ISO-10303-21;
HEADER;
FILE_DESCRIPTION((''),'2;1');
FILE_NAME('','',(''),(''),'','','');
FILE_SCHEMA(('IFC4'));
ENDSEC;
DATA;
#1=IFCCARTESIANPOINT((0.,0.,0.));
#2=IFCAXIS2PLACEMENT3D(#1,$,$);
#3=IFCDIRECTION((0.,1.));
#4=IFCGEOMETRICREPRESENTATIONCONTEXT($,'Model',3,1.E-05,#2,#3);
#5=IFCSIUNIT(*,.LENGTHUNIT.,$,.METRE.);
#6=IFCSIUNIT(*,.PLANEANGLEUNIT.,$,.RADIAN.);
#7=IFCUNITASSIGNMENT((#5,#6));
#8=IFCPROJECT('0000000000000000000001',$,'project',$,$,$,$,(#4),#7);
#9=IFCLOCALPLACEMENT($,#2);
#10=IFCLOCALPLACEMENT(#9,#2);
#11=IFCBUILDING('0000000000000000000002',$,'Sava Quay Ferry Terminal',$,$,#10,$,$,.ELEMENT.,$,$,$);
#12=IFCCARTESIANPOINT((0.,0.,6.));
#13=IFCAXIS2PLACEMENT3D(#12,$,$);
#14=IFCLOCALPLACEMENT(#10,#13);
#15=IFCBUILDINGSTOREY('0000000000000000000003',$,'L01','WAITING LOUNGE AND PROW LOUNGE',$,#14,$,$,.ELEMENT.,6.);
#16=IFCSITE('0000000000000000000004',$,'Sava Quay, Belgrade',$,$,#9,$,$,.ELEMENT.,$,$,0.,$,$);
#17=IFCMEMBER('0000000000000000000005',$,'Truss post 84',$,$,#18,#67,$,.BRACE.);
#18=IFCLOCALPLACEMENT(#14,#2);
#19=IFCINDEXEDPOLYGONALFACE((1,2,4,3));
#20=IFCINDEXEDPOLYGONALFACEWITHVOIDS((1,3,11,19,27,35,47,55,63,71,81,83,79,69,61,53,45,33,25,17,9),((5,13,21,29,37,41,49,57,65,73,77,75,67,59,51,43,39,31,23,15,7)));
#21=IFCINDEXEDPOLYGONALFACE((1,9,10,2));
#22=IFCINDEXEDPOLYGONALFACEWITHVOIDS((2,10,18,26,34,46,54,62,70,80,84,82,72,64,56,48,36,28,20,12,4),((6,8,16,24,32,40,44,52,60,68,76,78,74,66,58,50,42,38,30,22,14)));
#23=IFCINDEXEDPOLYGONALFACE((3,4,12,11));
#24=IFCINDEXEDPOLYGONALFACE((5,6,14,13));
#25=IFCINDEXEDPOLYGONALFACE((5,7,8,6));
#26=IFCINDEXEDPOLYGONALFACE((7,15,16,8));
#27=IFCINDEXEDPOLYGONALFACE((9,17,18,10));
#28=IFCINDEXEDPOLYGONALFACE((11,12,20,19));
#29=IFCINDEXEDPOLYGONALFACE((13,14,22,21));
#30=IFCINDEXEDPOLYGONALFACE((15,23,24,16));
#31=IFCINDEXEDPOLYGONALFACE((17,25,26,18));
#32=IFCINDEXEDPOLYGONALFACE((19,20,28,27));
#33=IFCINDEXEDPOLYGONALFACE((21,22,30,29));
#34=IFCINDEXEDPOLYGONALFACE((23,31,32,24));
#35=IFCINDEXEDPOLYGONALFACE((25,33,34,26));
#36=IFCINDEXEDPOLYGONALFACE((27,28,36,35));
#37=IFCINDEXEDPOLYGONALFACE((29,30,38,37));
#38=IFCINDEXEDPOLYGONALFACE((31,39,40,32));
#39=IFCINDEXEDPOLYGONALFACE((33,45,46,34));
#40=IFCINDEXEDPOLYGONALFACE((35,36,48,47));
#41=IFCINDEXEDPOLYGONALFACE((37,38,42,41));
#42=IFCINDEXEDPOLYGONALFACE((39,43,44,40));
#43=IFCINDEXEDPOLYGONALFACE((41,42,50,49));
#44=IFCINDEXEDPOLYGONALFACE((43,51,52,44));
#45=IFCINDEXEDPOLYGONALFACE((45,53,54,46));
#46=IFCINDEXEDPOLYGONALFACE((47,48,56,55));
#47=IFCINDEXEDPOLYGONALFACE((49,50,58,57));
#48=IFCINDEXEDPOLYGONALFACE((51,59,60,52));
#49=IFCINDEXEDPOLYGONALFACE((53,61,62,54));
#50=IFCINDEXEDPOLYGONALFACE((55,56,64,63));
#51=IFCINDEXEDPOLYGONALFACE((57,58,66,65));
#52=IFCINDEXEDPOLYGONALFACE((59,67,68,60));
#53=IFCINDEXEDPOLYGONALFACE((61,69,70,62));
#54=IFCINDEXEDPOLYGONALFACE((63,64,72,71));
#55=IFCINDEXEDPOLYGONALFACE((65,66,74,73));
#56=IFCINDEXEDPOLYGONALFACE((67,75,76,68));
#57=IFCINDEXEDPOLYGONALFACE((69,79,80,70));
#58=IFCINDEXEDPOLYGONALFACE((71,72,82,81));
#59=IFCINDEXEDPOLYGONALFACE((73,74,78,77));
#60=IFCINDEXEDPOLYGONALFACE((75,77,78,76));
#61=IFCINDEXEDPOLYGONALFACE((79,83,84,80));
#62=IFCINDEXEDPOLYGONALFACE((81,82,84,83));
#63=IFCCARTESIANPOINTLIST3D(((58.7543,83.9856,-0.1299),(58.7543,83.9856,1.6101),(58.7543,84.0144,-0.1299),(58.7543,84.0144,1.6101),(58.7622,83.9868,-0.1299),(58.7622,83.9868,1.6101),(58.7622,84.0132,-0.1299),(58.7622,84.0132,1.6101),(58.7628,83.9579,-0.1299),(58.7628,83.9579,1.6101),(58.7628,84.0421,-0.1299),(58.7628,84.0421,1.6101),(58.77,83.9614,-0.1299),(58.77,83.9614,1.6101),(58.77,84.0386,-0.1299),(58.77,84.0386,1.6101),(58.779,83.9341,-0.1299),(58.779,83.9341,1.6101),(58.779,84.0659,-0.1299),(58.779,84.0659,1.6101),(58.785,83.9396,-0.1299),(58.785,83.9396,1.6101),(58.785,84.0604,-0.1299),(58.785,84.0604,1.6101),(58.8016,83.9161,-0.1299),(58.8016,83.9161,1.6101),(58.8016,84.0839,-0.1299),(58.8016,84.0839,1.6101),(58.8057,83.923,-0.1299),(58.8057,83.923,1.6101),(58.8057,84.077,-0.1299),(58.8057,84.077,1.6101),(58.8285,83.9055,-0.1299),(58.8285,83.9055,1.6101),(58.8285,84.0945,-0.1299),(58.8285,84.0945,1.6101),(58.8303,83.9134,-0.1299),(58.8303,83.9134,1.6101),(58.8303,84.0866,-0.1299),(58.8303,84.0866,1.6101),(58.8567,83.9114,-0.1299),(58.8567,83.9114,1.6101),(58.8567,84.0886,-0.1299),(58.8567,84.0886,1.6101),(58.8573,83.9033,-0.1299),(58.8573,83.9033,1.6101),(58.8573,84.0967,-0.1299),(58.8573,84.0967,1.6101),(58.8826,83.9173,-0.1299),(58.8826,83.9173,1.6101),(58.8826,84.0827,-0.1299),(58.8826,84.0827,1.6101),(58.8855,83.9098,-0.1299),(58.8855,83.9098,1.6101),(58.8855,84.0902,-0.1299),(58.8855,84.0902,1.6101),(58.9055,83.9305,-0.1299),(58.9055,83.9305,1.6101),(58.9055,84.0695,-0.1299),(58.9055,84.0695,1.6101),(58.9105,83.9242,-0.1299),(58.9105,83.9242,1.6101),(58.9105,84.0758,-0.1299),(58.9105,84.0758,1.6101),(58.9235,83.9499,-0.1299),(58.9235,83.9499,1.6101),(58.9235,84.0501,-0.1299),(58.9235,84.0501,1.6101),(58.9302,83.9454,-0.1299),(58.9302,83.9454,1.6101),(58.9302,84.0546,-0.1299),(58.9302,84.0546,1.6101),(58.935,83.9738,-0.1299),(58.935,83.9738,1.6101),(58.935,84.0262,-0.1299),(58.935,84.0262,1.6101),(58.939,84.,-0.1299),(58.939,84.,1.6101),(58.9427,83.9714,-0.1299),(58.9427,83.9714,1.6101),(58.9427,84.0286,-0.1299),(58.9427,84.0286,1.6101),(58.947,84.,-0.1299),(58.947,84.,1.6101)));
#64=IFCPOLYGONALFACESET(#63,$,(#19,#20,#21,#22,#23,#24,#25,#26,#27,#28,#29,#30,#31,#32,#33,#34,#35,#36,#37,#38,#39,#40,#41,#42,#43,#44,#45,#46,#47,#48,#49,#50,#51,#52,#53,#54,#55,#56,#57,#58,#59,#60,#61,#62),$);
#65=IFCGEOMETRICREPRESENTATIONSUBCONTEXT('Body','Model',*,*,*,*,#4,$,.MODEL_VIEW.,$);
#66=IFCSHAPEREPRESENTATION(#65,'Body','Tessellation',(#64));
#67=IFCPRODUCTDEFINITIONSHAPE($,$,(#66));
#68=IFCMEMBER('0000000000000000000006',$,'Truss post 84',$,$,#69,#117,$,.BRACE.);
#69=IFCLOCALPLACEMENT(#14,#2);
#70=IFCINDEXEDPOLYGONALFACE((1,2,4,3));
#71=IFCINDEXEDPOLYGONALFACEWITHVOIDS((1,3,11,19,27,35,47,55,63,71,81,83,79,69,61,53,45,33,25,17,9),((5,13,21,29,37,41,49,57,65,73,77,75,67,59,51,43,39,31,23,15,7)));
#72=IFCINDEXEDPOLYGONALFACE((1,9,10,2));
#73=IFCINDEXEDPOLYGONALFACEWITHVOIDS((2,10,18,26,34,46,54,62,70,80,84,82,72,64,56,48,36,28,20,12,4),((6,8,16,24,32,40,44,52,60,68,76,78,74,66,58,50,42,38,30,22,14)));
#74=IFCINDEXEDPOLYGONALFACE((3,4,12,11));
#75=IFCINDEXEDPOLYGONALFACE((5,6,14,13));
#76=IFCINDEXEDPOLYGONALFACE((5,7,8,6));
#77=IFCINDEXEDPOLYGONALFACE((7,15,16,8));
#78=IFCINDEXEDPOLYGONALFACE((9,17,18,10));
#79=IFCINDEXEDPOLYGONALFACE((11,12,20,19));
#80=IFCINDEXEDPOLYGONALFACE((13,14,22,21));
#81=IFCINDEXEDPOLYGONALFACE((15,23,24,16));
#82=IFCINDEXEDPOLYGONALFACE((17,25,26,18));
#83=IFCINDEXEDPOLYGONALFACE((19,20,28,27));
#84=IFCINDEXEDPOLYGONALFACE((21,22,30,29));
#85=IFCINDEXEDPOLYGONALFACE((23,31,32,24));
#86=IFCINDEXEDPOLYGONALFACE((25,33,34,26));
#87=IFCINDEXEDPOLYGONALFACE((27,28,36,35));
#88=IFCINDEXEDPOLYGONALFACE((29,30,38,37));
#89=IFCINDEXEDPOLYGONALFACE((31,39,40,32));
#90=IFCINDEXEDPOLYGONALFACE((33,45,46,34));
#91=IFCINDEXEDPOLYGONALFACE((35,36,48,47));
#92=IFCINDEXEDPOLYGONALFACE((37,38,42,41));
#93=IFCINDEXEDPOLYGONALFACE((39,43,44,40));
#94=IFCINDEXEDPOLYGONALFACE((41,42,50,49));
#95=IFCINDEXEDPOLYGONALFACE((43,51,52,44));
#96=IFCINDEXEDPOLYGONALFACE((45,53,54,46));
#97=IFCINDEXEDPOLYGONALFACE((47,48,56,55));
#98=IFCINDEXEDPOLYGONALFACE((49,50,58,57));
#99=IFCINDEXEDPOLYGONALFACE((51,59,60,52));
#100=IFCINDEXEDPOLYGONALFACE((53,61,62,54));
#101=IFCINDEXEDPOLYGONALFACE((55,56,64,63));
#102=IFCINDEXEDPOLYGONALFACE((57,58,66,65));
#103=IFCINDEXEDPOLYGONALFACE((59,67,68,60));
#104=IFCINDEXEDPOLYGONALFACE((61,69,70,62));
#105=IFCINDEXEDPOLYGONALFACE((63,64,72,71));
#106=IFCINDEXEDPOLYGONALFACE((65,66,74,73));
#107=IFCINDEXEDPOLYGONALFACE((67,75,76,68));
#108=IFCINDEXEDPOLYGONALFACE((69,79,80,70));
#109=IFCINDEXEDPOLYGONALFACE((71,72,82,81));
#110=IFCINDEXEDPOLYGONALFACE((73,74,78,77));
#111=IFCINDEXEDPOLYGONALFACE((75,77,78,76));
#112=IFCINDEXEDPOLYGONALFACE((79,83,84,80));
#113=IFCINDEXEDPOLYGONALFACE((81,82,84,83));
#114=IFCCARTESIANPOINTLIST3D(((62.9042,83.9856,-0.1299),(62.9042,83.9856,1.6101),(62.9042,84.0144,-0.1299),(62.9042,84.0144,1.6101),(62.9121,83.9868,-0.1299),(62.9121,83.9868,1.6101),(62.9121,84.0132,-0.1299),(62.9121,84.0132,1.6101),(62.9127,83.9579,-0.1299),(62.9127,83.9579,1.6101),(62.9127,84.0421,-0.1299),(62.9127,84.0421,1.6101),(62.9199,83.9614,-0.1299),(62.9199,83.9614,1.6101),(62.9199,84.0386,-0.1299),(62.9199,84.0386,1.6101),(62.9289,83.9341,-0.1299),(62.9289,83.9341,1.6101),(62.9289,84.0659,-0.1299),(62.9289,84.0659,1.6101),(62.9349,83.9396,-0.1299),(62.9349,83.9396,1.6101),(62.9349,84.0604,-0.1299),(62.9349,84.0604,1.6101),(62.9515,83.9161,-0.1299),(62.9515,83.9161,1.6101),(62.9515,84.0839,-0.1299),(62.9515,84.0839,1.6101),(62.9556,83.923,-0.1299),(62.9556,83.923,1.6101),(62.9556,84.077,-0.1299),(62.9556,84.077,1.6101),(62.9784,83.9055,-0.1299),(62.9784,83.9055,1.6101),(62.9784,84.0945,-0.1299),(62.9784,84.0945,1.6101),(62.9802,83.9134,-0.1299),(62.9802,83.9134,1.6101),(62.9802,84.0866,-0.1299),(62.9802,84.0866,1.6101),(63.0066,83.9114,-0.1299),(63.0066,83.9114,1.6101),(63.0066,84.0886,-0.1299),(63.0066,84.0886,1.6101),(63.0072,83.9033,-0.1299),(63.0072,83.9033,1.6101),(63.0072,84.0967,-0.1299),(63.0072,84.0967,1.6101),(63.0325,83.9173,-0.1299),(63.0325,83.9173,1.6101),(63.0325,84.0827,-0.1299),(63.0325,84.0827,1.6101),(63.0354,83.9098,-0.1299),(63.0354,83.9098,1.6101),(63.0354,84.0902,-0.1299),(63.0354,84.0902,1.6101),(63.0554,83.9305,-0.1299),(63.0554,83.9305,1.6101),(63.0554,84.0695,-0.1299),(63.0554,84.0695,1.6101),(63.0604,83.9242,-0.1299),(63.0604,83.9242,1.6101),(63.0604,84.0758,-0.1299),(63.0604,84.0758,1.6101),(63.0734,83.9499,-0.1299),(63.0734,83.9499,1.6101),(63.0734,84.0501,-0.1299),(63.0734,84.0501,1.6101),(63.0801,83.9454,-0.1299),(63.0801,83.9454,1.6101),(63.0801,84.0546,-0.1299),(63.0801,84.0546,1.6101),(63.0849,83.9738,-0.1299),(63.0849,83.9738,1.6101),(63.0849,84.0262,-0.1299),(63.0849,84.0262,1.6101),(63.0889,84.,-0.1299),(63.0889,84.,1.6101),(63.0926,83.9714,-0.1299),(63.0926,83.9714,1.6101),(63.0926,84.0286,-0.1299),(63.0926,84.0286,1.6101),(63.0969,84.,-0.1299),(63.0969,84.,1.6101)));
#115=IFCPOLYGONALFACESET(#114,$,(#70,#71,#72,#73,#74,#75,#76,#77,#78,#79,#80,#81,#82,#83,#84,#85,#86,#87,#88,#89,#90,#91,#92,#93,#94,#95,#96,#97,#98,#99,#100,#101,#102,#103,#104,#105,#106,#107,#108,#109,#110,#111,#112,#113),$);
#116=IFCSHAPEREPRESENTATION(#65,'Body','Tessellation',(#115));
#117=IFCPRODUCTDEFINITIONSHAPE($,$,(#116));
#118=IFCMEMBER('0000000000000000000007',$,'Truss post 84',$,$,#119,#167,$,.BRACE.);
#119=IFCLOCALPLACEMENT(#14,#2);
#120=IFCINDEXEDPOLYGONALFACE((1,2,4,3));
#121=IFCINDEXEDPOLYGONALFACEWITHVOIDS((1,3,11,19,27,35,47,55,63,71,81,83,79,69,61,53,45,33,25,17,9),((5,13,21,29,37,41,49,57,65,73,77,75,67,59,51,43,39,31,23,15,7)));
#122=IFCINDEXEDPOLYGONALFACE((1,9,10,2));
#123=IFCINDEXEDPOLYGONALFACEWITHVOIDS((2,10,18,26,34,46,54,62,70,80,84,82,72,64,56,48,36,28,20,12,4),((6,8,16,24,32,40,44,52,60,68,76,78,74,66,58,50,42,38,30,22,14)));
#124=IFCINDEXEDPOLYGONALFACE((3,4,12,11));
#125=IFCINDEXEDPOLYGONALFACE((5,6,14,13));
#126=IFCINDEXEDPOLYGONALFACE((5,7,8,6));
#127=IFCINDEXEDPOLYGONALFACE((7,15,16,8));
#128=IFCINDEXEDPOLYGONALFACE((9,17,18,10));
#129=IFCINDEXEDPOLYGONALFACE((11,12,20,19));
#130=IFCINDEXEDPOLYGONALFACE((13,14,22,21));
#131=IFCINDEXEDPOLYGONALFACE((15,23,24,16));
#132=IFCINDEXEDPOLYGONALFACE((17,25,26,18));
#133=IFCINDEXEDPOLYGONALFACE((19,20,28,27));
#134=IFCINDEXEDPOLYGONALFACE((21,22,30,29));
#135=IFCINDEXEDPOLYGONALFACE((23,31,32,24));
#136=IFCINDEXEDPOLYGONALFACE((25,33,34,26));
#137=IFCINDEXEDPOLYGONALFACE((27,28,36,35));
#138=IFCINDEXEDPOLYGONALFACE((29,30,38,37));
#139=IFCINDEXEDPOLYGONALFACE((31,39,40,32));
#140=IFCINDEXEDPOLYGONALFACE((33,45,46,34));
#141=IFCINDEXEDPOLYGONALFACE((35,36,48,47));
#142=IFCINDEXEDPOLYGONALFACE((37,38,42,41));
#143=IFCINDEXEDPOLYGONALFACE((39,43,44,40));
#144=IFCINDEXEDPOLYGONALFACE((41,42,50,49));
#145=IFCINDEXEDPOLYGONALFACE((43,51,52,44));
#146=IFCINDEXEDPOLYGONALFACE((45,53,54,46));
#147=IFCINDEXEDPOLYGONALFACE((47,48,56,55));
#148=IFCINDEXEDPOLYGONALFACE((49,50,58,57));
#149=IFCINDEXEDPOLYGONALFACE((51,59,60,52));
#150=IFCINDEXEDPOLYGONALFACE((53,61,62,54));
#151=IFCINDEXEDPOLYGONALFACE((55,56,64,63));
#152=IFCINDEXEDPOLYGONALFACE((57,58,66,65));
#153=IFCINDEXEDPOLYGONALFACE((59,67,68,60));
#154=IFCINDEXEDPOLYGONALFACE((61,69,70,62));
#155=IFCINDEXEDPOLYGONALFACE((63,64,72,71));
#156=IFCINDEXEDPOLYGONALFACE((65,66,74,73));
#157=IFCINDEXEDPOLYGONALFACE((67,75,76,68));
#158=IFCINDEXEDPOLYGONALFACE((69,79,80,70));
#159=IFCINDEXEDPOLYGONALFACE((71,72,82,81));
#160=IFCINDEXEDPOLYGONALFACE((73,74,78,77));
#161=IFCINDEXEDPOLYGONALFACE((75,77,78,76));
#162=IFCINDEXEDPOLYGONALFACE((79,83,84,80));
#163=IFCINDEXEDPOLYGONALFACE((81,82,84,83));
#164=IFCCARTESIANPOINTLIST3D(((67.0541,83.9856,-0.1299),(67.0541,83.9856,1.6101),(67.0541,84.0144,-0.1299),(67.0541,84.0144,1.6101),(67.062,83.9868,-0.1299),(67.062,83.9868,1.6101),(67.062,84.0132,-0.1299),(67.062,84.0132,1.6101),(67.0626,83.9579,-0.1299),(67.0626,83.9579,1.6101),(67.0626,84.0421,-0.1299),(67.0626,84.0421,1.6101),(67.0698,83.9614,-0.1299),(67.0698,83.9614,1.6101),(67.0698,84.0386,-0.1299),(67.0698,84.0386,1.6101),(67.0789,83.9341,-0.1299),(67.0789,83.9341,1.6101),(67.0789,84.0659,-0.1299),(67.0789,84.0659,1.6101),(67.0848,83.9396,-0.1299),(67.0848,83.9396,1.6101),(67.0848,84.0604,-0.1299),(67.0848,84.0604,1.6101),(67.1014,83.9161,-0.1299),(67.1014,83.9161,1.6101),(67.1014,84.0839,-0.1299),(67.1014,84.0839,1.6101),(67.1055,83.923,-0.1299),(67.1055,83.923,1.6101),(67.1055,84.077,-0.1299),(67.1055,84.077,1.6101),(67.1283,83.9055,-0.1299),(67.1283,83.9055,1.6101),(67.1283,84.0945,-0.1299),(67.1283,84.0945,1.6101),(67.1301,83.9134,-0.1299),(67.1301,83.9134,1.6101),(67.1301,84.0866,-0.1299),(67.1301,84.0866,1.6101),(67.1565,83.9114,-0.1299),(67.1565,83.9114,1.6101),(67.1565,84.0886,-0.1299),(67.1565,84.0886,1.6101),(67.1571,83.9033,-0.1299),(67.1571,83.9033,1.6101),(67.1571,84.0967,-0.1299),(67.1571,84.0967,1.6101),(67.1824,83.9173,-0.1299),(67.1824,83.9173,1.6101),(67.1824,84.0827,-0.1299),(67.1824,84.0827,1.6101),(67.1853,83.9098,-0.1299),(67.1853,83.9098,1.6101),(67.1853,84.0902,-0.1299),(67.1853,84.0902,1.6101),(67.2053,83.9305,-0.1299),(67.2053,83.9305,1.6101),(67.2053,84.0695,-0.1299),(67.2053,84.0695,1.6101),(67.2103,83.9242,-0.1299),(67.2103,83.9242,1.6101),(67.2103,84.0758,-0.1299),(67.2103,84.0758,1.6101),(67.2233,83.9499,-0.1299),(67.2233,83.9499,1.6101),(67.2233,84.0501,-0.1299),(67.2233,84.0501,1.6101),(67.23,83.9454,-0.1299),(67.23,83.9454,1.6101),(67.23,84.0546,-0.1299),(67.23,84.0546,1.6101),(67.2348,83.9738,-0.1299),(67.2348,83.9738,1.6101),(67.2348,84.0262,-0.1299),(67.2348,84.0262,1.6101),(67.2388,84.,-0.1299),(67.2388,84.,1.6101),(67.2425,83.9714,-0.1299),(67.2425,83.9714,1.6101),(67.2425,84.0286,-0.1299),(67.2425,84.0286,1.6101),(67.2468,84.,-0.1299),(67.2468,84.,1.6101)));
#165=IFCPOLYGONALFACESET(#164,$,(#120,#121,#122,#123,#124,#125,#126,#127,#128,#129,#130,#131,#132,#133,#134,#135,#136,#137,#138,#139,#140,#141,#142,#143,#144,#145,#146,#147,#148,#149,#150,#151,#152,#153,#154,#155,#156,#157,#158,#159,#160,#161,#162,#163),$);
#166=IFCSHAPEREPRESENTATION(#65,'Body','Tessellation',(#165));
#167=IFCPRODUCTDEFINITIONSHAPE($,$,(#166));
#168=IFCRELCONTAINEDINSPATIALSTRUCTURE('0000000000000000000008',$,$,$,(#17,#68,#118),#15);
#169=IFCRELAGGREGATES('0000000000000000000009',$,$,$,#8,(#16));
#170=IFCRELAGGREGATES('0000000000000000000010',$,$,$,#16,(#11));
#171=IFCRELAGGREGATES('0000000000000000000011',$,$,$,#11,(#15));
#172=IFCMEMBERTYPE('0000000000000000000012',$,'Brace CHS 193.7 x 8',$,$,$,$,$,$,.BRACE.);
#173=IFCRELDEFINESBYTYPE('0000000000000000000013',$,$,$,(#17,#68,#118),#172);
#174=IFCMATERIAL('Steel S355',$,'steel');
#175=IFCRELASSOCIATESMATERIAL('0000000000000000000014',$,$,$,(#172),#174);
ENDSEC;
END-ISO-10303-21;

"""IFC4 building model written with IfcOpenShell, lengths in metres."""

from ifc_helpers import new_model, si_unit, direction, frame, origin, origin_2d, place, context, subcontext, project, spatial, hollow_circle, extrude, material, material_profile, profile_set, type_object, element, save


model = new_model("IFC4")

# Units and contexts
model_context = context("Model", 3, precision=1e-05, world=origin(), true_north=direction((0.0, 1.0)))
body_context = subcontext(model_context, "Body", "Model", "MODEL_VIEW")
ifc_project = project(units=[si_unit("LENGTHUNIT", "METRE"), si_unit("PLANEANGLEUNIT", "RADIAN")], contexts=[model_context])

# Site, building, storey
site_placement = place(None, origin())
site = spatial("IfcSite", under=ifc_project, at=site_placement, Name="Sava Quay, Belgrade", CompositionType="ELEMENT", RefElevation=0.0)
building_placement = place(site_placement, origin())
building = spatial("IfcBuilding", under=site, at=building_placement, Name="Sava Quay Ferry Terminal", CompositionType="ELEMENT")
storey_placement = place(building_placement, frame((0.0, 0.0, 6.0)))
storey = spatial("IfcBuildingStorey", under=building, at=storey_placement, Name="L01", Description="WAITING LOUNGE AND PROW LOUNGE", CompositionType="ELEMENT", Elevation=6.0)

# Members
ifc_material_1 = material(Name="Steel S355", Category="steel")
ifc_material_profile_1 = material_profile(ifc_material_1, hollow_circle(Radius=0.0969, WallThickness=0.0081, at=origin_2d()), Name="CHS 193.7 x 8")
ifc_profile_set_1 = profile_set([ifc_material_profile_1], Name="Steel S355")
member_type_1 = type_object("IfcMemberType", Name="Brace CHS 193.7 x 8", PredefinedType="BRACE", material=ifc_profile_set_1)
for number, where, z_axis, x_axis, name in (
    (1, (58.8501, 84.0, -0.1299), (0.0, 0.0, 1.0), (1.0, 0.0, 0.0), "Truss post 84"),
    (2, (63.0, 84.0, -0.1299), (0.0, 0.0, 1.0), (1.0, 0.0, 0.0), "Truss post 84"),
    (3, (67.1499, 84.0, -0.1299), (0.0, 0.0, 1.0), (1.0, 0.0, 0.0), "Truss post 84"),
):
    element("IfcMember", number, at=place(storey_placement, frame(where, z_axis=z_axis, x_axis=x_axis)), inside=storey, type_object=member_type_1, Name=name, PredefinedType="BRACE", context=body_context, shape_type="SweptSolid", body=[
        extrude(hollow_circle(Radius=0.0969, WallThickness=0.0081, at=origin_2d()), origin(), (0.0, 0.0, 1.0), 1.74),
    ])

save(model, "model.ifc")
